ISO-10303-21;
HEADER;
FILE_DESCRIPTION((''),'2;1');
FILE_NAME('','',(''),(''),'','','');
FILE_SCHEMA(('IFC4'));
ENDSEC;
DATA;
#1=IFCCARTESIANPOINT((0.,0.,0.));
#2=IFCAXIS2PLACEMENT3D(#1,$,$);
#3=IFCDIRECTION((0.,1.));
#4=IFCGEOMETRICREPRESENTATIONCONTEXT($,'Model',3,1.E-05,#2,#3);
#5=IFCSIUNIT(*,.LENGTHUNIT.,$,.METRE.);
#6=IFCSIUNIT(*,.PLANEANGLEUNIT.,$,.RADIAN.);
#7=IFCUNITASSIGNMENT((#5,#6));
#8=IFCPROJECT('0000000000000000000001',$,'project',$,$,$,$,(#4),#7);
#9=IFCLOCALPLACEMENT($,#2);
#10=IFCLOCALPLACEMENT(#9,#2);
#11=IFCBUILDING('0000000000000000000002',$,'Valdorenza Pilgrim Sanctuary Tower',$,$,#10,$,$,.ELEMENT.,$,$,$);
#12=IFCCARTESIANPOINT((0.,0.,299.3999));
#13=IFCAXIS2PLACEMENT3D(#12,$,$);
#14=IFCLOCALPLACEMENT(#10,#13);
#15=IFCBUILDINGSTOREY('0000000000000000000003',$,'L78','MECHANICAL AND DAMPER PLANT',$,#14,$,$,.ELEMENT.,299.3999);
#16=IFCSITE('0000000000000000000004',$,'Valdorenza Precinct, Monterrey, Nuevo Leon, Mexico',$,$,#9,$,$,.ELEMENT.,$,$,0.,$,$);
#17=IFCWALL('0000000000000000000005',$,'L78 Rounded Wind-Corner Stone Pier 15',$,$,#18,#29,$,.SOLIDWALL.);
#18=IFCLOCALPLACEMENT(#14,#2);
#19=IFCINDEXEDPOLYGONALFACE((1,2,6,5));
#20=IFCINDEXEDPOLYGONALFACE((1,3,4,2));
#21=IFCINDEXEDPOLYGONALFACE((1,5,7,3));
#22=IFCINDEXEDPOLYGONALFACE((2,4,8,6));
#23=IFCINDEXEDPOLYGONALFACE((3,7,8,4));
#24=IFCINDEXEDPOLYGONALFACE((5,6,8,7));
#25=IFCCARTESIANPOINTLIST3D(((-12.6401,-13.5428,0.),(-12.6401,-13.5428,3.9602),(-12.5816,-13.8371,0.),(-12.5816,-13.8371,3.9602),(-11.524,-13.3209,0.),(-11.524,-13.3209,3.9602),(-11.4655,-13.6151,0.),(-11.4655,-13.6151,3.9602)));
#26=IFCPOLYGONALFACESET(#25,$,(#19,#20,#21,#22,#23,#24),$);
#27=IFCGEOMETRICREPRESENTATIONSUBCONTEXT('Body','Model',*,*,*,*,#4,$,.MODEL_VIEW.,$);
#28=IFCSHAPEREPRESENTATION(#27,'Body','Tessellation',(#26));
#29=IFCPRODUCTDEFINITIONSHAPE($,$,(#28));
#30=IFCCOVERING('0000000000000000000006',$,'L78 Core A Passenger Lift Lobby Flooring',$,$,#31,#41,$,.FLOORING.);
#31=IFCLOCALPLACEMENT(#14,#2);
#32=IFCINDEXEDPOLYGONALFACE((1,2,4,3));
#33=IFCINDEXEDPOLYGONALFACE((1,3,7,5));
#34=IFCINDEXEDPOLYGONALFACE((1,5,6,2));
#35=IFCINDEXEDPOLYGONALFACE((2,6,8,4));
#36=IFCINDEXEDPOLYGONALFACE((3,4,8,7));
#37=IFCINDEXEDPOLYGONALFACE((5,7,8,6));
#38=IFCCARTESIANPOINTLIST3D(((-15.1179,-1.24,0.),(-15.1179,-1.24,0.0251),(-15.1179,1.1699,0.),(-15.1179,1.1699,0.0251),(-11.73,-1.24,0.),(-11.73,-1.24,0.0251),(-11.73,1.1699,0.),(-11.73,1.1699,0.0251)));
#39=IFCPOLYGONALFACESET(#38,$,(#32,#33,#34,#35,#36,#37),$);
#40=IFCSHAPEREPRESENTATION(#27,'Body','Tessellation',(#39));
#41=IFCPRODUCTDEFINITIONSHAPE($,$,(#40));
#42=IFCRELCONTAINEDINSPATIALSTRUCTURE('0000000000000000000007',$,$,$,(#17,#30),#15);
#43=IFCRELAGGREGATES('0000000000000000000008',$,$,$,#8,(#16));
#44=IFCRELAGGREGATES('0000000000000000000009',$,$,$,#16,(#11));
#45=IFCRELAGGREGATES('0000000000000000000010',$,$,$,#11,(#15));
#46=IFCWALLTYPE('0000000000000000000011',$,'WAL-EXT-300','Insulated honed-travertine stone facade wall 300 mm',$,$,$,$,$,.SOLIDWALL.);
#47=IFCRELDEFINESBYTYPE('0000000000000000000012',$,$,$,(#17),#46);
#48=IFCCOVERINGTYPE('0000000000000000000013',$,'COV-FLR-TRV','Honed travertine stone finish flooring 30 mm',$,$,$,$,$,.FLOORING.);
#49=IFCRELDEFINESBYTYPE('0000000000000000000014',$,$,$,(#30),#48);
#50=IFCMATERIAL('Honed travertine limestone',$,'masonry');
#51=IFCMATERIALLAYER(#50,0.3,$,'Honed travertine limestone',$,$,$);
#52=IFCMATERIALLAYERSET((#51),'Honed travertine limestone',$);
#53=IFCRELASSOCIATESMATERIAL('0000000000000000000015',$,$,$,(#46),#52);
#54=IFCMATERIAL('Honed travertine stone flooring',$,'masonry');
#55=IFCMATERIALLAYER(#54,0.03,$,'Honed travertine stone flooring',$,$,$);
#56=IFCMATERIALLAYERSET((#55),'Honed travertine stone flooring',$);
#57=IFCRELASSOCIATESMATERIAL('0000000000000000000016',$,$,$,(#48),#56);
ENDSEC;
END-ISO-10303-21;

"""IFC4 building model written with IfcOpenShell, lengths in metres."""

from ifc_helpers import new_model, si_unit, direction, frame, frame_2d, origin, place, context, subcontext, project, spatial, polyline, rectangle, outline, extrude, material, layer, layer_set, type_object, element, save


model = new_model("IFC4")

# Units and contexts
model_context = context("Model", 3, precision=1e-05, world=origin(), true_north=direction((0.0, 1.0)))
body_context = subcontext(model_context, "Body", "Model", "MODEL_VIEW")
ifc_project = project(units=[si_unit("LENGTHUNIT", "METRE"), si_unit("PLANEANGLEUNIT", "RADIAN")], contexts=[model_context])

# Site, building, storey
site_placement = place(None, origin())
site = spatial("IfcSite", under=ifc_project, at=site_placement, Name="Valdorenza Precinct, Monterrey, Nuevo Leon, Mexico", CompositionType="ELEMENT", RefElevation=0.0)
building_placement = place(site_placement, origin())
building = spatial("IfcBuilding", under=site, at=building_placement, Name="Valdorenza Pilgrim Sanctuary Tower", CompositionType="ELEMENT")
storey_placement = place(building_placement, frame((0.0, 0.0, 299.3999)))
storey = spatial("IfcBuildingStorey", under=building, at=storey_placement, Name="L78", Description="MECHANICAL AND DAMPER PLANT", CompositionType="ELEMENT", Elevation=299.3999)

# Wall
ifc_material_1 = material(Name="Honed travertine limestone", Category="masonry")
ifc_layer_1 = layer(ifc_material_1, 0.3, Name="Honed travertine limestone")
ifc_layer_set_1 = layer_set([ifc_layer_1], Name="Honed travertine limestone")
wall_type = type_object("IfcWallType", Name="WAL-EXT-300", Description="Insulated honed-travertine stone facade wall 300 mm", PredefinedType="SOLIDWALL", material=ifc_layer_set_1)
wall_1_placement = place(storey_placement, frame((-11.4949, -13.468, 0.0), z_axis=(0.0, 0.0, 1.0), x_axis=(-0.980795, -0.195043, 0.0)))
element("IfcWall", 1, at=wall_1_placement, inside=storey, type_object=wall_type, Name="L78 Rounded Wind-Corner Stone Pier 15", PredefinedType="SOLIDWALL", context=body_context, shape_type="SweptSolid", body=[
    extrude(rectangle(XDim=1.1379, YDim=0.3, at=frame_2d((0.5688, 0.0))), origin(), (0.0, 0.0, 1.0), 3.9602),
])

# Covering
ifc_material_2 = material(Name="Honed travertine stone flooring", Category="masonry")
ifc_layer_2 = layer(ifc_material_2, 0.03, Name="Honed travertine stone flooring")
ifc_layer_set_2 = layer_set([ifc_layer_2], Name="Honed travertine stone flooring")
covering_type = type_object("IfcCoveringType", Name="COV-FLR-TRV", Description="Honed travertine stone finish flooring 30 mm", PredefinedType="FLOORING", material=ifc_layer_set_2)
covering_placement = place(storey_placement, origin())
element("IfcCovering", 2, at=covering_placement, inside=storey, type_object=covering_type, Name="L78 Core A Passenger Lift Lobby Flooring", PredefinedType="FLOORING", context=body_context, shape_type="SweptSolid", body=[
    extrude(outline(polyline([(-15.1179, 1.1699), (-11.73, 1.1699), (-11.73, -1.24), (-15.1179, -1.24), (-15.1179, 1.1699)])), origin(), (0.0, 0.0, 1.0), 0.0251),
])

save(model, "model.ifc")
